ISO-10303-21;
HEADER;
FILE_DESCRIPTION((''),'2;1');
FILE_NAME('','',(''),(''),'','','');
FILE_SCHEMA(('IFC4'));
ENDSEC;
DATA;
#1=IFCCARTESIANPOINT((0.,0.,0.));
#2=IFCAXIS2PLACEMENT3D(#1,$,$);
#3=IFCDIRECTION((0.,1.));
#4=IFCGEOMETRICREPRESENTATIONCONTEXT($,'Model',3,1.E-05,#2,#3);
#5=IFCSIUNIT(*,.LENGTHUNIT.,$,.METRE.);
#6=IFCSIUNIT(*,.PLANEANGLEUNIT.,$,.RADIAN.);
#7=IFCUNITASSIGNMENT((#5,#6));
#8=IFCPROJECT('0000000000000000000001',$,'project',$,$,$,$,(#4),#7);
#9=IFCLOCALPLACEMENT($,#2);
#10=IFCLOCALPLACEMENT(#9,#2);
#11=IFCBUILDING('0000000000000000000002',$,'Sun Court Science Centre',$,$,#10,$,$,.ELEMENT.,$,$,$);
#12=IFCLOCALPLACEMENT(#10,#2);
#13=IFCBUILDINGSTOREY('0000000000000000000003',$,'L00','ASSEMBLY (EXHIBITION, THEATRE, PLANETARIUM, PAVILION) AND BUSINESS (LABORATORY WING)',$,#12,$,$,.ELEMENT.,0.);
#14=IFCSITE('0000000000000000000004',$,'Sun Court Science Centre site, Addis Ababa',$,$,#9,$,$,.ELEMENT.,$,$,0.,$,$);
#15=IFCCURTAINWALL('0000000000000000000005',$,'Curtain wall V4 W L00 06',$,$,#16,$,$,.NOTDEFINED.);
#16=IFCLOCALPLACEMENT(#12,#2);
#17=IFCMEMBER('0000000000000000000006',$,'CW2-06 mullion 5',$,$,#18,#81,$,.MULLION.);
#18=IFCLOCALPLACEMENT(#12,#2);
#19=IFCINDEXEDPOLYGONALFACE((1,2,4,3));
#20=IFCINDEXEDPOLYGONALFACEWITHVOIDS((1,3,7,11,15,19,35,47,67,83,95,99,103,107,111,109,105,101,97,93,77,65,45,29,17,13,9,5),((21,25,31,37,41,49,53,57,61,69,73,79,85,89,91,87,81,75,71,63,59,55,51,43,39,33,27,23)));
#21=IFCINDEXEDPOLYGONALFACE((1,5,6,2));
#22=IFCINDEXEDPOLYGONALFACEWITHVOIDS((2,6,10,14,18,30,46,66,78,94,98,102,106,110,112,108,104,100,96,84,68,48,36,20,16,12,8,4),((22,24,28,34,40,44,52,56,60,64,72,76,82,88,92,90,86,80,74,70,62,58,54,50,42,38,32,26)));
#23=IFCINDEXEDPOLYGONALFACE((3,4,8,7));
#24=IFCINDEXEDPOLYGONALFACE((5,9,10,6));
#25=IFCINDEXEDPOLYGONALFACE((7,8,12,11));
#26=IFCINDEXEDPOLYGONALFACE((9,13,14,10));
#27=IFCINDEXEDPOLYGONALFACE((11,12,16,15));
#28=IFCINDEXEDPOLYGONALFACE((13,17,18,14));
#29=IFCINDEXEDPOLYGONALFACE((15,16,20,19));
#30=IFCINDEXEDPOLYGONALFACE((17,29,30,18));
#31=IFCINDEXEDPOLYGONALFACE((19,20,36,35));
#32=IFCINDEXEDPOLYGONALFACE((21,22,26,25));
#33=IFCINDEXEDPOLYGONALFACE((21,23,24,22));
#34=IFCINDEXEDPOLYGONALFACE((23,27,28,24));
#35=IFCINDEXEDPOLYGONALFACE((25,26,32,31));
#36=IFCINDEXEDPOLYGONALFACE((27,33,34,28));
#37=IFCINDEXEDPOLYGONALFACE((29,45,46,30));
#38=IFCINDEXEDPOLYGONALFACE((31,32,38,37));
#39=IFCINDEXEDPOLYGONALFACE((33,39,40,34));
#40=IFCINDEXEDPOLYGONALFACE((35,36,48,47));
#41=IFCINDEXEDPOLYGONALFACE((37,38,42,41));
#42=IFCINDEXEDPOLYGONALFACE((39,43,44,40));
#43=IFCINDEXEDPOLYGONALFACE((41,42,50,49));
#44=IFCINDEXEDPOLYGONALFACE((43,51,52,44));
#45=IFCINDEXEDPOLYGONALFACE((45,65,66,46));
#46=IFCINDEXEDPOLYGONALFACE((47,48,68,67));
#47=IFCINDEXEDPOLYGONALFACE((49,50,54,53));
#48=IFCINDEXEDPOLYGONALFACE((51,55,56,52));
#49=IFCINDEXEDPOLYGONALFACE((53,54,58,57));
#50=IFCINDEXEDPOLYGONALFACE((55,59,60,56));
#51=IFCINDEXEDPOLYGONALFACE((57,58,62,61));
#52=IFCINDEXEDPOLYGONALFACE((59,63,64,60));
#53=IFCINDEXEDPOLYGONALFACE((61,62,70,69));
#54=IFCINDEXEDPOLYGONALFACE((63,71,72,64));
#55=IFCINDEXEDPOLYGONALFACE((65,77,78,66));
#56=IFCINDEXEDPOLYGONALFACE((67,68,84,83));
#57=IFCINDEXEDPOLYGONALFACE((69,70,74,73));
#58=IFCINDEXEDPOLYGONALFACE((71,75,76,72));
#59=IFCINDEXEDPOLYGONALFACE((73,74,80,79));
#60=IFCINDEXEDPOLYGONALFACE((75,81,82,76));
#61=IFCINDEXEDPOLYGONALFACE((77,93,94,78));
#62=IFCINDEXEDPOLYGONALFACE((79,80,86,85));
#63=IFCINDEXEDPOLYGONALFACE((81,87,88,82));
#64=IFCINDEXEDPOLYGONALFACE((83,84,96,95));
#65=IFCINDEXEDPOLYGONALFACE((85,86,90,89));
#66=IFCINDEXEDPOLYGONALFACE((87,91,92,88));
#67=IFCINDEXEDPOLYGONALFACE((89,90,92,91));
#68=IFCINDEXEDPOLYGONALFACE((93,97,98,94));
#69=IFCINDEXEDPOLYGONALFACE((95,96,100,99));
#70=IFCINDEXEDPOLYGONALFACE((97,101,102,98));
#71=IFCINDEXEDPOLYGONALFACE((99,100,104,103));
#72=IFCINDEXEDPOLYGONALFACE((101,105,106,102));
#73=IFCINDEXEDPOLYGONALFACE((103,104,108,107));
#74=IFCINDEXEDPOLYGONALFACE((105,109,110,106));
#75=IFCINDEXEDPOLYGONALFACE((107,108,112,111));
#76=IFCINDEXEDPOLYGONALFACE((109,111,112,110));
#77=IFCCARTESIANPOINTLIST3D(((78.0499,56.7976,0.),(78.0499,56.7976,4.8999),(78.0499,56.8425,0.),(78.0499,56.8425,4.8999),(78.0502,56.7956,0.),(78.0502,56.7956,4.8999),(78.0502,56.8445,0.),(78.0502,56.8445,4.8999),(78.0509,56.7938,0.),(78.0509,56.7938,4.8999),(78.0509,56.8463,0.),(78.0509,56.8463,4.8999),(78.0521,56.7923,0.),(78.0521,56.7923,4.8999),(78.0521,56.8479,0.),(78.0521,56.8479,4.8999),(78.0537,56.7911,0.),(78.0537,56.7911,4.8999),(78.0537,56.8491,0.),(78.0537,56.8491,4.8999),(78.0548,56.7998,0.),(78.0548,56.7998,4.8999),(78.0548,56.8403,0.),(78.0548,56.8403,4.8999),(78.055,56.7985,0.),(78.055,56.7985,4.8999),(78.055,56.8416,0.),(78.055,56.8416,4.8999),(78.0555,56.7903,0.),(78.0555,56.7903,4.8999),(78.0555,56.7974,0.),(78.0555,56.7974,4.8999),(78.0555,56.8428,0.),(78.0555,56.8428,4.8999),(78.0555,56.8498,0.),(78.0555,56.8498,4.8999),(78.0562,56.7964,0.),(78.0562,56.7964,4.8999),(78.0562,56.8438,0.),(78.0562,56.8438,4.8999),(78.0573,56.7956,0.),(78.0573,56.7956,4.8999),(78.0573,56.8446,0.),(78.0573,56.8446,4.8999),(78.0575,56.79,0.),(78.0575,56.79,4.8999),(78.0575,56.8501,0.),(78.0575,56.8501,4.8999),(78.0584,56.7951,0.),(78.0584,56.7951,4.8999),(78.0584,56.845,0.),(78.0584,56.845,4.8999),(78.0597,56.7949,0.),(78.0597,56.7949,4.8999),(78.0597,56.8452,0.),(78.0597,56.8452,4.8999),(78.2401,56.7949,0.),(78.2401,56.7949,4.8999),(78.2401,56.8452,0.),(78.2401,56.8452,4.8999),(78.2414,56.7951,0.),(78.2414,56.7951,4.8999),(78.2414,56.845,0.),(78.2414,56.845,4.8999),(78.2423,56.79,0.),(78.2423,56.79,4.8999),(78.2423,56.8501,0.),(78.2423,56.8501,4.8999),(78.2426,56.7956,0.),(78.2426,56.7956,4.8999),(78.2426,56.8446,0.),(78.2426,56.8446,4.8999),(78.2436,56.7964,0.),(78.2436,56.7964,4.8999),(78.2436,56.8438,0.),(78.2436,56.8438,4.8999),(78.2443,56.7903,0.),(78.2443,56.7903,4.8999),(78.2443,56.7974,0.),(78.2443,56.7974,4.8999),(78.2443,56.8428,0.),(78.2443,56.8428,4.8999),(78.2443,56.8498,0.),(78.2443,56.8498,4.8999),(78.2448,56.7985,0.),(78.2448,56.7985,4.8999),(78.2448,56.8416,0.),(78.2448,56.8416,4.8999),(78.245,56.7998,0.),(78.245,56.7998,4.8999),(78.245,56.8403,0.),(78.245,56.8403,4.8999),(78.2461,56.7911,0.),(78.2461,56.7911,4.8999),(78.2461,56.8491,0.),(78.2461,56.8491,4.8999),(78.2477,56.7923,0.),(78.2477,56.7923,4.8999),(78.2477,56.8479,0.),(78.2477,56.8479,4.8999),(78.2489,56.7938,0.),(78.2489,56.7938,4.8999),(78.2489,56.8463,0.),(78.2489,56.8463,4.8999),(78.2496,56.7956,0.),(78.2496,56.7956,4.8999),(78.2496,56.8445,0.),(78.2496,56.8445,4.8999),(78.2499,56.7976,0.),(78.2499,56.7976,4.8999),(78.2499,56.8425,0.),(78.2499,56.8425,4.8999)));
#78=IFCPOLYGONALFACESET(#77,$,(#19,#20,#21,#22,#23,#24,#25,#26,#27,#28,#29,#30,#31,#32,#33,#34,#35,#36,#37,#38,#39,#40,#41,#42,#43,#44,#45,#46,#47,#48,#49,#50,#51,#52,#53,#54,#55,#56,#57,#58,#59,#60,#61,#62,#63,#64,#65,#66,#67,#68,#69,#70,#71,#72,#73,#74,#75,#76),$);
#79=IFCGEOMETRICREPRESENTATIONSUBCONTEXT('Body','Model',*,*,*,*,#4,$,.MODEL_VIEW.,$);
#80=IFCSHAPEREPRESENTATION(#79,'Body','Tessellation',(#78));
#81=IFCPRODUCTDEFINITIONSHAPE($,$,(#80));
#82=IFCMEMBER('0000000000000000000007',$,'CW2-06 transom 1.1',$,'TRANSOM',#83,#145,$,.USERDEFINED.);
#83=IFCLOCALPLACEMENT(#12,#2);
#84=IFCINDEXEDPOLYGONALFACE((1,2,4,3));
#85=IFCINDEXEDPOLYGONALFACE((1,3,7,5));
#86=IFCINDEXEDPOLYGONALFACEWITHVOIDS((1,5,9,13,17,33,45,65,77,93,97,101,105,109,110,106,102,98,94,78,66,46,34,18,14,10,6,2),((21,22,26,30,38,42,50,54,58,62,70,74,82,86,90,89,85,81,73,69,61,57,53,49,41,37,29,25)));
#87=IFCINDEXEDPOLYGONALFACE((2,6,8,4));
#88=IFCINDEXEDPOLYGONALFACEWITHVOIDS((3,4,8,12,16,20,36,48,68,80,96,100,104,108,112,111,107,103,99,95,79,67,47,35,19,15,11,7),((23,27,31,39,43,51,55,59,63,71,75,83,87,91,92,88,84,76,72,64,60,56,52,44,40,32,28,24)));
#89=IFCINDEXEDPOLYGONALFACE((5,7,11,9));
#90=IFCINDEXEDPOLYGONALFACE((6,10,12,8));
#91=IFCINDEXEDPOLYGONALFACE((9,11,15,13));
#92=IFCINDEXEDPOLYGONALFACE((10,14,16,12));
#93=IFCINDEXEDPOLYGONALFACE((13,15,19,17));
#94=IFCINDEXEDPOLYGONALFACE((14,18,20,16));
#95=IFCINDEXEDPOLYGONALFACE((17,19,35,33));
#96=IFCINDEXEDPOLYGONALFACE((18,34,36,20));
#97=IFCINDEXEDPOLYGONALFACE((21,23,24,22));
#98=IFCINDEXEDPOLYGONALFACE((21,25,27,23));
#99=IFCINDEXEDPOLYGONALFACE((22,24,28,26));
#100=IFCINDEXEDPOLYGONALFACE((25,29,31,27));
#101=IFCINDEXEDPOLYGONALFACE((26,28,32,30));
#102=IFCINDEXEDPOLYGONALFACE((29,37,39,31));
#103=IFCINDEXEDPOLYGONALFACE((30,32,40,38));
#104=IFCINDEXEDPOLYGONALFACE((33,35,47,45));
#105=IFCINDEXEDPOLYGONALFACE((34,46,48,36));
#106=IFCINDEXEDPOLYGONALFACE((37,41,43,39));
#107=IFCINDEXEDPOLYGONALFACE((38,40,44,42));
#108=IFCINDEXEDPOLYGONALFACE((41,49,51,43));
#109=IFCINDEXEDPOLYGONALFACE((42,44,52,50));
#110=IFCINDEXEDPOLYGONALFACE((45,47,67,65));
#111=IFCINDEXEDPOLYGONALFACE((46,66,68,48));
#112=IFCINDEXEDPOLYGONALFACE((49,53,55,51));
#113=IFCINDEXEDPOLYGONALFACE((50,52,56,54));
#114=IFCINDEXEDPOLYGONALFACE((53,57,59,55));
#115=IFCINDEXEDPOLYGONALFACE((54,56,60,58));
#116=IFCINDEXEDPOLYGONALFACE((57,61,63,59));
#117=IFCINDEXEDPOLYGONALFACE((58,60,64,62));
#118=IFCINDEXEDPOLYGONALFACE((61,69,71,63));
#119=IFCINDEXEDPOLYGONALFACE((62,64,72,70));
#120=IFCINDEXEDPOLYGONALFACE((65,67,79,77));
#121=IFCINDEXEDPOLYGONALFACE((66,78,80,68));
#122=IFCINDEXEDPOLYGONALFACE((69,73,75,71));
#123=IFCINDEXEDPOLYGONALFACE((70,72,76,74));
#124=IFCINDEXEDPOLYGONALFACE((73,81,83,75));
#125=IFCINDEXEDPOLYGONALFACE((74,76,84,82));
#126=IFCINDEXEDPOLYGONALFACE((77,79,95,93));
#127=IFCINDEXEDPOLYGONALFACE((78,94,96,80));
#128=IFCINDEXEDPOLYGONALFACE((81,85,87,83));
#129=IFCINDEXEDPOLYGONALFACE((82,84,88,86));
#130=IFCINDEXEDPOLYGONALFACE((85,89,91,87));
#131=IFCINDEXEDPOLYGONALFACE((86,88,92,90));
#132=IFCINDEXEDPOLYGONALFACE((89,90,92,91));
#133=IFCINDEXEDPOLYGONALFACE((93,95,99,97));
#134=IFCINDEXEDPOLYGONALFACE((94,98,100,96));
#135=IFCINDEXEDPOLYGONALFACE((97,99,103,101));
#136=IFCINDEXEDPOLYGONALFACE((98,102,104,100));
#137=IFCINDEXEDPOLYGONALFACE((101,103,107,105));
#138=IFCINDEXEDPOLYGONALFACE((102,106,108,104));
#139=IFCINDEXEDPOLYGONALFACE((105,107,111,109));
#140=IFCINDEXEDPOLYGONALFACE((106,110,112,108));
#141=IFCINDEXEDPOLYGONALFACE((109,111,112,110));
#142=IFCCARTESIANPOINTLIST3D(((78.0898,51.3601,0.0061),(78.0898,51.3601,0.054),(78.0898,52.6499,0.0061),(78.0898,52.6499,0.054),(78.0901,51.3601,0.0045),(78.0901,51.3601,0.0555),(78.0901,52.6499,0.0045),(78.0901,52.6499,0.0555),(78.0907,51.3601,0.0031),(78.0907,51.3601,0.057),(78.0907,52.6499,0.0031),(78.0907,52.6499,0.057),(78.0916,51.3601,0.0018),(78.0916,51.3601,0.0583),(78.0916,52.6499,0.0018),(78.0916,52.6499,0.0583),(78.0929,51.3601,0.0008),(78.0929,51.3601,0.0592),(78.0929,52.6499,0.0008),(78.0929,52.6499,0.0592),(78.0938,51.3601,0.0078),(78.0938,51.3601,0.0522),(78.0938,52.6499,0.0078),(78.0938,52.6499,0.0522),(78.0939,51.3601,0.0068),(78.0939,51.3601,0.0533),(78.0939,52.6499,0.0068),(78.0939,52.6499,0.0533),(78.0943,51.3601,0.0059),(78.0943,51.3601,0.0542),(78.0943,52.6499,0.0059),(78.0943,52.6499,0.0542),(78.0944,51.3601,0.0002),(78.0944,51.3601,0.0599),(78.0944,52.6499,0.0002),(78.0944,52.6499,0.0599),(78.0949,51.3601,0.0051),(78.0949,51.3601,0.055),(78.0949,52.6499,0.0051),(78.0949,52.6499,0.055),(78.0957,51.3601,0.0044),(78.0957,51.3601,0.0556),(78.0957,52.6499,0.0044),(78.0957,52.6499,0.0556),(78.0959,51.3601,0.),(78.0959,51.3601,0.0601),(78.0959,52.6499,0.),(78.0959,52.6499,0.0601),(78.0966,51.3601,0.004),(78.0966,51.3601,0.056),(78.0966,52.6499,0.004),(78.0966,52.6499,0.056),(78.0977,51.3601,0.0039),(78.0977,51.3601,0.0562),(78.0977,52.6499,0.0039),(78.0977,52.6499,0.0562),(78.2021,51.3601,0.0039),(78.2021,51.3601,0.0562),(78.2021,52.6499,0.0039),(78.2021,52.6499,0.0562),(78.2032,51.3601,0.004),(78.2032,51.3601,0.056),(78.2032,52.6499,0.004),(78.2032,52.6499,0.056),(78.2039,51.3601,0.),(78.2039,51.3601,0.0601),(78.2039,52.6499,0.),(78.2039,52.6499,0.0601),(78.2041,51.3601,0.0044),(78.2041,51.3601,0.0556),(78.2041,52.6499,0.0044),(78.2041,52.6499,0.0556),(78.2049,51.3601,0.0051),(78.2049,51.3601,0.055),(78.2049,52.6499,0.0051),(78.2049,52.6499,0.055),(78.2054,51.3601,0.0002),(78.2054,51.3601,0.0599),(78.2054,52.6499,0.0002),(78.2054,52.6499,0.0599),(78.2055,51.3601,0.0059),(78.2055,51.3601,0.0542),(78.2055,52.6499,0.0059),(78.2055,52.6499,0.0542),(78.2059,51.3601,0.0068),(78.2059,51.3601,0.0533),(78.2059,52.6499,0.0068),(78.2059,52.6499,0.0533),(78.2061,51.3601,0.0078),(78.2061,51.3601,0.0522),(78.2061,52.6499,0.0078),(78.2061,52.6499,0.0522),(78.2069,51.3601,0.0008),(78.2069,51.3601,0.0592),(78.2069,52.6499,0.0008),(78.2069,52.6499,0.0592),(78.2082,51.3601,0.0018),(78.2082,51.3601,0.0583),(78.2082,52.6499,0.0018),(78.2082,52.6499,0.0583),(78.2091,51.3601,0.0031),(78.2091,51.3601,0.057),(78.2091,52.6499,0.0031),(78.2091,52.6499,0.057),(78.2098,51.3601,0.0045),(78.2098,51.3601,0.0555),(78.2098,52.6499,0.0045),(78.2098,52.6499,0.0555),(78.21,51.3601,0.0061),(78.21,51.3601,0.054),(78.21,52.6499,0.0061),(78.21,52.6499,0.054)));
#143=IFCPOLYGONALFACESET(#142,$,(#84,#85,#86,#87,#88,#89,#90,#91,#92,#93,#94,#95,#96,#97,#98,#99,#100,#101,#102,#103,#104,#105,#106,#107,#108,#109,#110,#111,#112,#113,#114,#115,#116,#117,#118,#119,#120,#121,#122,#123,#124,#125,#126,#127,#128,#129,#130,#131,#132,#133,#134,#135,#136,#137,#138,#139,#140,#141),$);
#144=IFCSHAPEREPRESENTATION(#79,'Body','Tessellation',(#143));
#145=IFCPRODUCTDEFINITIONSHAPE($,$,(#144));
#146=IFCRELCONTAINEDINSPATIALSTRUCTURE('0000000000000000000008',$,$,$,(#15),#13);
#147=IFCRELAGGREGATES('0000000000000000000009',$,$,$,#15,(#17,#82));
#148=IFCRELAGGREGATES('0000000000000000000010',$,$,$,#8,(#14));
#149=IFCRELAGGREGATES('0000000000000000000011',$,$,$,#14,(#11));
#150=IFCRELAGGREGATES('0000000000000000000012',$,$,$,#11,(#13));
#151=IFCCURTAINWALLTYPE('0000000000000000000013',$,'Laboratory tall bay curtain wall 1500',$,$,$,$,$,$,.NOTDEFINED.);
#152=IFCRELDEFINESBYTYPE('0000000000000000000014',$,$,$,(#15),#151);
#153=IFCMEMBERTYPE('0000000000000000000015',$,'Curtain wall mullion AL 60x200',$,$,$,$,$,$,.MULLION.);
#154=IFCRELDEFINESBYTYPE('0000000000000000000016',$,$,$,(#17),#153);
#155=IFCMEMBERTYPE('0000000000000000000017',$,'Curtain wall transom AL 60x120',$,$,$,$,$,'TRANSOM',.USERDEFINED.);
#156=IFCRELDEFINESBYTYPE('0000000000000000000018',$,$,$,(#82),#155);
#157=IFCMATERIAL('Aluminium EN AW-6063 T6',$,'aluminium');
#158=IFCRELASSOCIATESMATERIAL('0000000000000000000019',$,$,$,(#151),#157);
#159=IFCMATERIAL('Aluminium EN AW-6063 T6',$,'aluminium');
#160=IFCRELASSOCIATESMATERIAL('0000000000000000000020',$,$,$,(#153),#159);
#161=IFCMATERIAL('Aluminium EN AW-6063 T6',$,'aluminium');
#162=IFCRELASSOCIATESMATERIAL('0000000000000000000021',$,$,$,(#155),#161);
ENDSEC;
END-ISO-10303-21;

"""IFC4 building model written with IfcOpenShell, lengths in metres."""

from ifc_helpers import new_model, si_unit, direction, frame, origin, origin_2d, place, context, subcontext, project, spatial, hollow_rectangle, extrude, material, material_profile, profile_set, type_object, element, aggregate, save


model = new_model("IFC4")

# Units and contexts
model_context = context("Model", 3, precision=1e-05, world=origin(), true_north=direction((0.0, 1.0)))
body_context = subcontext(model_context, "Body", "Model", "MODEL_VIEW")
ifc_project = project(units=[si_unit("LENGTHUNIT", "METRE"), si_unit("PLANEANGLEUNIT", "RADIAN")], contexts=[model_context])

# Site, building, storey
site_placement = place(None, origin())
site = spatial("IfcSite", under=ifc_project, at=site_placement, Name="Sun Court Science Centre site, Addis Ababa", CompositionType="ELEMENT", RefElevation=0.0)
building_placement = place(site_placement, origin())
building = spatial("IfcBuilding", under=site, at=building_placement, Name="Sun Court Science Centre", CompositionType="ELEMENT")
storey_placement = place(building_placement, origin())
storey = spatial("IfcBuildingStorey", under=building, at=storey_placement, Name="L00", Description="ASSEMBLY (EXHIBITION, THEATRE, PLANETARIUM, PAVILION) AND BUSINESS (LABORATORY WING)", CompositionType="ELEMENT", Elevation=0.0)

# Curtain wall, members
ifc_material_1 = material(Name="Aluminium EN AW-6063 T6", Category="aluminium")
curtain_wall_type = type_object("IfcCurtainWallType", Name="Laboratory tall bay curtain wall 1500", PredefinedType="NOTDEFINED", material=ifc_material_1)
curtain_wall_placement = place(storey_placement, origin())
curtain_wall = element("IfcCurtainWall", 1, at=curtain_wall_placement, inside=storey, type_object=curtain_wall_type, Name="Curtain wall V4 W L00 06", PredefinedType="NOTDEFINED")
ifc_material_2 = material(Name="Aluminium EN AW-6063 T6", Category="aluminium")
ifc_material_profile_1 = material_profile(ifc_material_2, hollow_rectangle(XDim=0.0601, YDim=0.2, WallThickness=0.0049, InnerFilletRadius=0.0049, OuterFilletRadius=0.0076, at=origin_2d()), Name="AL 60x200x5")
ifc_profile_set_1 = profile_set([ifc_material_profile_1], Name="Aluminium EN AW-6063 T6")
member_type_1 = type_object("IfcMemberType", Name="Curtain wall mullion AL 60x200", PredefinedType="MULLION", material=ifc_profile_set_1)
member_1_placement = place(storey_placement, frame((78.1499, 56.8201, 0.0), z_axis=(0.0, 0.0, 1.0), x_axis=(0.0, 1.0, 0.0)))
member_1 = element("IfcMember", 2, at=member_1_placement, type_object=member_type_1, Name="CW2-06 mullion 5", PredefinedType="MULLION", context=body_context, shape_type="SweptSolid", body=[
    extrude(hollow_rectangle(XDim=0.0601, YDim=0.2, WallThickness=0.0049, InnerFilletRadius=0.0049, OuterFilletRadius=0.0076, at=origin_2d()), origin(), (0.0, 0.0, 1.0), 4.8999),
])
ifc_material_3 = material(Name="Aluminium EN AW-6063 T6", Category="aluminium")
ifc_material_profile_2 = material_profile(ifc_material_3, hollow_rectangle(XDim=0.0601, YDim=0.1201, WallThickness=0.0039, InnerFilletRadius=0.0039, OuterFilletRadius=0.0061, at=origin_2d()), Name="AL 60x120x4")
ifc_profile_set_2 = profile_set([ifc_material_profile_2], Name="Aluminium EN AW-6063 T6")
member_type_2 = type_object("IfcMemberType", Name="Curtain wall transom AL 60x120", ElementType="TRANSOM", PredefinedType="USERDEFINED", material=ifc_profile_set_2)
member_2_placement = place(storey_placement, frame((78.1499, 51.3601, 0.03), z_axis=(0.0, 1.0, 0.0), x_axis=(0.0, 0.0, 1.0)))
member_2 = element("IfcMember", 3, at=member_2_placement, type_object=member_type_2, Name="CW2-06 transom 1.1", ObjectType="TRANSOM", PredefinedType="USERDEFINED", context=body_context, shape_type="SweptSolid", body=[
    extrude(hollow_rectangle(XDim=0.0601, YDim=0.1201, WallThickness=0.0039, InnerFilletRadius=0.0039, OuterFilletRadius=0.0061, at=origin_2d()), origin(), (0.0, 0.0, 1.0), 1.2898),
])
aggregate(curtain_wall, [member_1, member_2])

save(model, "model.ifc")
